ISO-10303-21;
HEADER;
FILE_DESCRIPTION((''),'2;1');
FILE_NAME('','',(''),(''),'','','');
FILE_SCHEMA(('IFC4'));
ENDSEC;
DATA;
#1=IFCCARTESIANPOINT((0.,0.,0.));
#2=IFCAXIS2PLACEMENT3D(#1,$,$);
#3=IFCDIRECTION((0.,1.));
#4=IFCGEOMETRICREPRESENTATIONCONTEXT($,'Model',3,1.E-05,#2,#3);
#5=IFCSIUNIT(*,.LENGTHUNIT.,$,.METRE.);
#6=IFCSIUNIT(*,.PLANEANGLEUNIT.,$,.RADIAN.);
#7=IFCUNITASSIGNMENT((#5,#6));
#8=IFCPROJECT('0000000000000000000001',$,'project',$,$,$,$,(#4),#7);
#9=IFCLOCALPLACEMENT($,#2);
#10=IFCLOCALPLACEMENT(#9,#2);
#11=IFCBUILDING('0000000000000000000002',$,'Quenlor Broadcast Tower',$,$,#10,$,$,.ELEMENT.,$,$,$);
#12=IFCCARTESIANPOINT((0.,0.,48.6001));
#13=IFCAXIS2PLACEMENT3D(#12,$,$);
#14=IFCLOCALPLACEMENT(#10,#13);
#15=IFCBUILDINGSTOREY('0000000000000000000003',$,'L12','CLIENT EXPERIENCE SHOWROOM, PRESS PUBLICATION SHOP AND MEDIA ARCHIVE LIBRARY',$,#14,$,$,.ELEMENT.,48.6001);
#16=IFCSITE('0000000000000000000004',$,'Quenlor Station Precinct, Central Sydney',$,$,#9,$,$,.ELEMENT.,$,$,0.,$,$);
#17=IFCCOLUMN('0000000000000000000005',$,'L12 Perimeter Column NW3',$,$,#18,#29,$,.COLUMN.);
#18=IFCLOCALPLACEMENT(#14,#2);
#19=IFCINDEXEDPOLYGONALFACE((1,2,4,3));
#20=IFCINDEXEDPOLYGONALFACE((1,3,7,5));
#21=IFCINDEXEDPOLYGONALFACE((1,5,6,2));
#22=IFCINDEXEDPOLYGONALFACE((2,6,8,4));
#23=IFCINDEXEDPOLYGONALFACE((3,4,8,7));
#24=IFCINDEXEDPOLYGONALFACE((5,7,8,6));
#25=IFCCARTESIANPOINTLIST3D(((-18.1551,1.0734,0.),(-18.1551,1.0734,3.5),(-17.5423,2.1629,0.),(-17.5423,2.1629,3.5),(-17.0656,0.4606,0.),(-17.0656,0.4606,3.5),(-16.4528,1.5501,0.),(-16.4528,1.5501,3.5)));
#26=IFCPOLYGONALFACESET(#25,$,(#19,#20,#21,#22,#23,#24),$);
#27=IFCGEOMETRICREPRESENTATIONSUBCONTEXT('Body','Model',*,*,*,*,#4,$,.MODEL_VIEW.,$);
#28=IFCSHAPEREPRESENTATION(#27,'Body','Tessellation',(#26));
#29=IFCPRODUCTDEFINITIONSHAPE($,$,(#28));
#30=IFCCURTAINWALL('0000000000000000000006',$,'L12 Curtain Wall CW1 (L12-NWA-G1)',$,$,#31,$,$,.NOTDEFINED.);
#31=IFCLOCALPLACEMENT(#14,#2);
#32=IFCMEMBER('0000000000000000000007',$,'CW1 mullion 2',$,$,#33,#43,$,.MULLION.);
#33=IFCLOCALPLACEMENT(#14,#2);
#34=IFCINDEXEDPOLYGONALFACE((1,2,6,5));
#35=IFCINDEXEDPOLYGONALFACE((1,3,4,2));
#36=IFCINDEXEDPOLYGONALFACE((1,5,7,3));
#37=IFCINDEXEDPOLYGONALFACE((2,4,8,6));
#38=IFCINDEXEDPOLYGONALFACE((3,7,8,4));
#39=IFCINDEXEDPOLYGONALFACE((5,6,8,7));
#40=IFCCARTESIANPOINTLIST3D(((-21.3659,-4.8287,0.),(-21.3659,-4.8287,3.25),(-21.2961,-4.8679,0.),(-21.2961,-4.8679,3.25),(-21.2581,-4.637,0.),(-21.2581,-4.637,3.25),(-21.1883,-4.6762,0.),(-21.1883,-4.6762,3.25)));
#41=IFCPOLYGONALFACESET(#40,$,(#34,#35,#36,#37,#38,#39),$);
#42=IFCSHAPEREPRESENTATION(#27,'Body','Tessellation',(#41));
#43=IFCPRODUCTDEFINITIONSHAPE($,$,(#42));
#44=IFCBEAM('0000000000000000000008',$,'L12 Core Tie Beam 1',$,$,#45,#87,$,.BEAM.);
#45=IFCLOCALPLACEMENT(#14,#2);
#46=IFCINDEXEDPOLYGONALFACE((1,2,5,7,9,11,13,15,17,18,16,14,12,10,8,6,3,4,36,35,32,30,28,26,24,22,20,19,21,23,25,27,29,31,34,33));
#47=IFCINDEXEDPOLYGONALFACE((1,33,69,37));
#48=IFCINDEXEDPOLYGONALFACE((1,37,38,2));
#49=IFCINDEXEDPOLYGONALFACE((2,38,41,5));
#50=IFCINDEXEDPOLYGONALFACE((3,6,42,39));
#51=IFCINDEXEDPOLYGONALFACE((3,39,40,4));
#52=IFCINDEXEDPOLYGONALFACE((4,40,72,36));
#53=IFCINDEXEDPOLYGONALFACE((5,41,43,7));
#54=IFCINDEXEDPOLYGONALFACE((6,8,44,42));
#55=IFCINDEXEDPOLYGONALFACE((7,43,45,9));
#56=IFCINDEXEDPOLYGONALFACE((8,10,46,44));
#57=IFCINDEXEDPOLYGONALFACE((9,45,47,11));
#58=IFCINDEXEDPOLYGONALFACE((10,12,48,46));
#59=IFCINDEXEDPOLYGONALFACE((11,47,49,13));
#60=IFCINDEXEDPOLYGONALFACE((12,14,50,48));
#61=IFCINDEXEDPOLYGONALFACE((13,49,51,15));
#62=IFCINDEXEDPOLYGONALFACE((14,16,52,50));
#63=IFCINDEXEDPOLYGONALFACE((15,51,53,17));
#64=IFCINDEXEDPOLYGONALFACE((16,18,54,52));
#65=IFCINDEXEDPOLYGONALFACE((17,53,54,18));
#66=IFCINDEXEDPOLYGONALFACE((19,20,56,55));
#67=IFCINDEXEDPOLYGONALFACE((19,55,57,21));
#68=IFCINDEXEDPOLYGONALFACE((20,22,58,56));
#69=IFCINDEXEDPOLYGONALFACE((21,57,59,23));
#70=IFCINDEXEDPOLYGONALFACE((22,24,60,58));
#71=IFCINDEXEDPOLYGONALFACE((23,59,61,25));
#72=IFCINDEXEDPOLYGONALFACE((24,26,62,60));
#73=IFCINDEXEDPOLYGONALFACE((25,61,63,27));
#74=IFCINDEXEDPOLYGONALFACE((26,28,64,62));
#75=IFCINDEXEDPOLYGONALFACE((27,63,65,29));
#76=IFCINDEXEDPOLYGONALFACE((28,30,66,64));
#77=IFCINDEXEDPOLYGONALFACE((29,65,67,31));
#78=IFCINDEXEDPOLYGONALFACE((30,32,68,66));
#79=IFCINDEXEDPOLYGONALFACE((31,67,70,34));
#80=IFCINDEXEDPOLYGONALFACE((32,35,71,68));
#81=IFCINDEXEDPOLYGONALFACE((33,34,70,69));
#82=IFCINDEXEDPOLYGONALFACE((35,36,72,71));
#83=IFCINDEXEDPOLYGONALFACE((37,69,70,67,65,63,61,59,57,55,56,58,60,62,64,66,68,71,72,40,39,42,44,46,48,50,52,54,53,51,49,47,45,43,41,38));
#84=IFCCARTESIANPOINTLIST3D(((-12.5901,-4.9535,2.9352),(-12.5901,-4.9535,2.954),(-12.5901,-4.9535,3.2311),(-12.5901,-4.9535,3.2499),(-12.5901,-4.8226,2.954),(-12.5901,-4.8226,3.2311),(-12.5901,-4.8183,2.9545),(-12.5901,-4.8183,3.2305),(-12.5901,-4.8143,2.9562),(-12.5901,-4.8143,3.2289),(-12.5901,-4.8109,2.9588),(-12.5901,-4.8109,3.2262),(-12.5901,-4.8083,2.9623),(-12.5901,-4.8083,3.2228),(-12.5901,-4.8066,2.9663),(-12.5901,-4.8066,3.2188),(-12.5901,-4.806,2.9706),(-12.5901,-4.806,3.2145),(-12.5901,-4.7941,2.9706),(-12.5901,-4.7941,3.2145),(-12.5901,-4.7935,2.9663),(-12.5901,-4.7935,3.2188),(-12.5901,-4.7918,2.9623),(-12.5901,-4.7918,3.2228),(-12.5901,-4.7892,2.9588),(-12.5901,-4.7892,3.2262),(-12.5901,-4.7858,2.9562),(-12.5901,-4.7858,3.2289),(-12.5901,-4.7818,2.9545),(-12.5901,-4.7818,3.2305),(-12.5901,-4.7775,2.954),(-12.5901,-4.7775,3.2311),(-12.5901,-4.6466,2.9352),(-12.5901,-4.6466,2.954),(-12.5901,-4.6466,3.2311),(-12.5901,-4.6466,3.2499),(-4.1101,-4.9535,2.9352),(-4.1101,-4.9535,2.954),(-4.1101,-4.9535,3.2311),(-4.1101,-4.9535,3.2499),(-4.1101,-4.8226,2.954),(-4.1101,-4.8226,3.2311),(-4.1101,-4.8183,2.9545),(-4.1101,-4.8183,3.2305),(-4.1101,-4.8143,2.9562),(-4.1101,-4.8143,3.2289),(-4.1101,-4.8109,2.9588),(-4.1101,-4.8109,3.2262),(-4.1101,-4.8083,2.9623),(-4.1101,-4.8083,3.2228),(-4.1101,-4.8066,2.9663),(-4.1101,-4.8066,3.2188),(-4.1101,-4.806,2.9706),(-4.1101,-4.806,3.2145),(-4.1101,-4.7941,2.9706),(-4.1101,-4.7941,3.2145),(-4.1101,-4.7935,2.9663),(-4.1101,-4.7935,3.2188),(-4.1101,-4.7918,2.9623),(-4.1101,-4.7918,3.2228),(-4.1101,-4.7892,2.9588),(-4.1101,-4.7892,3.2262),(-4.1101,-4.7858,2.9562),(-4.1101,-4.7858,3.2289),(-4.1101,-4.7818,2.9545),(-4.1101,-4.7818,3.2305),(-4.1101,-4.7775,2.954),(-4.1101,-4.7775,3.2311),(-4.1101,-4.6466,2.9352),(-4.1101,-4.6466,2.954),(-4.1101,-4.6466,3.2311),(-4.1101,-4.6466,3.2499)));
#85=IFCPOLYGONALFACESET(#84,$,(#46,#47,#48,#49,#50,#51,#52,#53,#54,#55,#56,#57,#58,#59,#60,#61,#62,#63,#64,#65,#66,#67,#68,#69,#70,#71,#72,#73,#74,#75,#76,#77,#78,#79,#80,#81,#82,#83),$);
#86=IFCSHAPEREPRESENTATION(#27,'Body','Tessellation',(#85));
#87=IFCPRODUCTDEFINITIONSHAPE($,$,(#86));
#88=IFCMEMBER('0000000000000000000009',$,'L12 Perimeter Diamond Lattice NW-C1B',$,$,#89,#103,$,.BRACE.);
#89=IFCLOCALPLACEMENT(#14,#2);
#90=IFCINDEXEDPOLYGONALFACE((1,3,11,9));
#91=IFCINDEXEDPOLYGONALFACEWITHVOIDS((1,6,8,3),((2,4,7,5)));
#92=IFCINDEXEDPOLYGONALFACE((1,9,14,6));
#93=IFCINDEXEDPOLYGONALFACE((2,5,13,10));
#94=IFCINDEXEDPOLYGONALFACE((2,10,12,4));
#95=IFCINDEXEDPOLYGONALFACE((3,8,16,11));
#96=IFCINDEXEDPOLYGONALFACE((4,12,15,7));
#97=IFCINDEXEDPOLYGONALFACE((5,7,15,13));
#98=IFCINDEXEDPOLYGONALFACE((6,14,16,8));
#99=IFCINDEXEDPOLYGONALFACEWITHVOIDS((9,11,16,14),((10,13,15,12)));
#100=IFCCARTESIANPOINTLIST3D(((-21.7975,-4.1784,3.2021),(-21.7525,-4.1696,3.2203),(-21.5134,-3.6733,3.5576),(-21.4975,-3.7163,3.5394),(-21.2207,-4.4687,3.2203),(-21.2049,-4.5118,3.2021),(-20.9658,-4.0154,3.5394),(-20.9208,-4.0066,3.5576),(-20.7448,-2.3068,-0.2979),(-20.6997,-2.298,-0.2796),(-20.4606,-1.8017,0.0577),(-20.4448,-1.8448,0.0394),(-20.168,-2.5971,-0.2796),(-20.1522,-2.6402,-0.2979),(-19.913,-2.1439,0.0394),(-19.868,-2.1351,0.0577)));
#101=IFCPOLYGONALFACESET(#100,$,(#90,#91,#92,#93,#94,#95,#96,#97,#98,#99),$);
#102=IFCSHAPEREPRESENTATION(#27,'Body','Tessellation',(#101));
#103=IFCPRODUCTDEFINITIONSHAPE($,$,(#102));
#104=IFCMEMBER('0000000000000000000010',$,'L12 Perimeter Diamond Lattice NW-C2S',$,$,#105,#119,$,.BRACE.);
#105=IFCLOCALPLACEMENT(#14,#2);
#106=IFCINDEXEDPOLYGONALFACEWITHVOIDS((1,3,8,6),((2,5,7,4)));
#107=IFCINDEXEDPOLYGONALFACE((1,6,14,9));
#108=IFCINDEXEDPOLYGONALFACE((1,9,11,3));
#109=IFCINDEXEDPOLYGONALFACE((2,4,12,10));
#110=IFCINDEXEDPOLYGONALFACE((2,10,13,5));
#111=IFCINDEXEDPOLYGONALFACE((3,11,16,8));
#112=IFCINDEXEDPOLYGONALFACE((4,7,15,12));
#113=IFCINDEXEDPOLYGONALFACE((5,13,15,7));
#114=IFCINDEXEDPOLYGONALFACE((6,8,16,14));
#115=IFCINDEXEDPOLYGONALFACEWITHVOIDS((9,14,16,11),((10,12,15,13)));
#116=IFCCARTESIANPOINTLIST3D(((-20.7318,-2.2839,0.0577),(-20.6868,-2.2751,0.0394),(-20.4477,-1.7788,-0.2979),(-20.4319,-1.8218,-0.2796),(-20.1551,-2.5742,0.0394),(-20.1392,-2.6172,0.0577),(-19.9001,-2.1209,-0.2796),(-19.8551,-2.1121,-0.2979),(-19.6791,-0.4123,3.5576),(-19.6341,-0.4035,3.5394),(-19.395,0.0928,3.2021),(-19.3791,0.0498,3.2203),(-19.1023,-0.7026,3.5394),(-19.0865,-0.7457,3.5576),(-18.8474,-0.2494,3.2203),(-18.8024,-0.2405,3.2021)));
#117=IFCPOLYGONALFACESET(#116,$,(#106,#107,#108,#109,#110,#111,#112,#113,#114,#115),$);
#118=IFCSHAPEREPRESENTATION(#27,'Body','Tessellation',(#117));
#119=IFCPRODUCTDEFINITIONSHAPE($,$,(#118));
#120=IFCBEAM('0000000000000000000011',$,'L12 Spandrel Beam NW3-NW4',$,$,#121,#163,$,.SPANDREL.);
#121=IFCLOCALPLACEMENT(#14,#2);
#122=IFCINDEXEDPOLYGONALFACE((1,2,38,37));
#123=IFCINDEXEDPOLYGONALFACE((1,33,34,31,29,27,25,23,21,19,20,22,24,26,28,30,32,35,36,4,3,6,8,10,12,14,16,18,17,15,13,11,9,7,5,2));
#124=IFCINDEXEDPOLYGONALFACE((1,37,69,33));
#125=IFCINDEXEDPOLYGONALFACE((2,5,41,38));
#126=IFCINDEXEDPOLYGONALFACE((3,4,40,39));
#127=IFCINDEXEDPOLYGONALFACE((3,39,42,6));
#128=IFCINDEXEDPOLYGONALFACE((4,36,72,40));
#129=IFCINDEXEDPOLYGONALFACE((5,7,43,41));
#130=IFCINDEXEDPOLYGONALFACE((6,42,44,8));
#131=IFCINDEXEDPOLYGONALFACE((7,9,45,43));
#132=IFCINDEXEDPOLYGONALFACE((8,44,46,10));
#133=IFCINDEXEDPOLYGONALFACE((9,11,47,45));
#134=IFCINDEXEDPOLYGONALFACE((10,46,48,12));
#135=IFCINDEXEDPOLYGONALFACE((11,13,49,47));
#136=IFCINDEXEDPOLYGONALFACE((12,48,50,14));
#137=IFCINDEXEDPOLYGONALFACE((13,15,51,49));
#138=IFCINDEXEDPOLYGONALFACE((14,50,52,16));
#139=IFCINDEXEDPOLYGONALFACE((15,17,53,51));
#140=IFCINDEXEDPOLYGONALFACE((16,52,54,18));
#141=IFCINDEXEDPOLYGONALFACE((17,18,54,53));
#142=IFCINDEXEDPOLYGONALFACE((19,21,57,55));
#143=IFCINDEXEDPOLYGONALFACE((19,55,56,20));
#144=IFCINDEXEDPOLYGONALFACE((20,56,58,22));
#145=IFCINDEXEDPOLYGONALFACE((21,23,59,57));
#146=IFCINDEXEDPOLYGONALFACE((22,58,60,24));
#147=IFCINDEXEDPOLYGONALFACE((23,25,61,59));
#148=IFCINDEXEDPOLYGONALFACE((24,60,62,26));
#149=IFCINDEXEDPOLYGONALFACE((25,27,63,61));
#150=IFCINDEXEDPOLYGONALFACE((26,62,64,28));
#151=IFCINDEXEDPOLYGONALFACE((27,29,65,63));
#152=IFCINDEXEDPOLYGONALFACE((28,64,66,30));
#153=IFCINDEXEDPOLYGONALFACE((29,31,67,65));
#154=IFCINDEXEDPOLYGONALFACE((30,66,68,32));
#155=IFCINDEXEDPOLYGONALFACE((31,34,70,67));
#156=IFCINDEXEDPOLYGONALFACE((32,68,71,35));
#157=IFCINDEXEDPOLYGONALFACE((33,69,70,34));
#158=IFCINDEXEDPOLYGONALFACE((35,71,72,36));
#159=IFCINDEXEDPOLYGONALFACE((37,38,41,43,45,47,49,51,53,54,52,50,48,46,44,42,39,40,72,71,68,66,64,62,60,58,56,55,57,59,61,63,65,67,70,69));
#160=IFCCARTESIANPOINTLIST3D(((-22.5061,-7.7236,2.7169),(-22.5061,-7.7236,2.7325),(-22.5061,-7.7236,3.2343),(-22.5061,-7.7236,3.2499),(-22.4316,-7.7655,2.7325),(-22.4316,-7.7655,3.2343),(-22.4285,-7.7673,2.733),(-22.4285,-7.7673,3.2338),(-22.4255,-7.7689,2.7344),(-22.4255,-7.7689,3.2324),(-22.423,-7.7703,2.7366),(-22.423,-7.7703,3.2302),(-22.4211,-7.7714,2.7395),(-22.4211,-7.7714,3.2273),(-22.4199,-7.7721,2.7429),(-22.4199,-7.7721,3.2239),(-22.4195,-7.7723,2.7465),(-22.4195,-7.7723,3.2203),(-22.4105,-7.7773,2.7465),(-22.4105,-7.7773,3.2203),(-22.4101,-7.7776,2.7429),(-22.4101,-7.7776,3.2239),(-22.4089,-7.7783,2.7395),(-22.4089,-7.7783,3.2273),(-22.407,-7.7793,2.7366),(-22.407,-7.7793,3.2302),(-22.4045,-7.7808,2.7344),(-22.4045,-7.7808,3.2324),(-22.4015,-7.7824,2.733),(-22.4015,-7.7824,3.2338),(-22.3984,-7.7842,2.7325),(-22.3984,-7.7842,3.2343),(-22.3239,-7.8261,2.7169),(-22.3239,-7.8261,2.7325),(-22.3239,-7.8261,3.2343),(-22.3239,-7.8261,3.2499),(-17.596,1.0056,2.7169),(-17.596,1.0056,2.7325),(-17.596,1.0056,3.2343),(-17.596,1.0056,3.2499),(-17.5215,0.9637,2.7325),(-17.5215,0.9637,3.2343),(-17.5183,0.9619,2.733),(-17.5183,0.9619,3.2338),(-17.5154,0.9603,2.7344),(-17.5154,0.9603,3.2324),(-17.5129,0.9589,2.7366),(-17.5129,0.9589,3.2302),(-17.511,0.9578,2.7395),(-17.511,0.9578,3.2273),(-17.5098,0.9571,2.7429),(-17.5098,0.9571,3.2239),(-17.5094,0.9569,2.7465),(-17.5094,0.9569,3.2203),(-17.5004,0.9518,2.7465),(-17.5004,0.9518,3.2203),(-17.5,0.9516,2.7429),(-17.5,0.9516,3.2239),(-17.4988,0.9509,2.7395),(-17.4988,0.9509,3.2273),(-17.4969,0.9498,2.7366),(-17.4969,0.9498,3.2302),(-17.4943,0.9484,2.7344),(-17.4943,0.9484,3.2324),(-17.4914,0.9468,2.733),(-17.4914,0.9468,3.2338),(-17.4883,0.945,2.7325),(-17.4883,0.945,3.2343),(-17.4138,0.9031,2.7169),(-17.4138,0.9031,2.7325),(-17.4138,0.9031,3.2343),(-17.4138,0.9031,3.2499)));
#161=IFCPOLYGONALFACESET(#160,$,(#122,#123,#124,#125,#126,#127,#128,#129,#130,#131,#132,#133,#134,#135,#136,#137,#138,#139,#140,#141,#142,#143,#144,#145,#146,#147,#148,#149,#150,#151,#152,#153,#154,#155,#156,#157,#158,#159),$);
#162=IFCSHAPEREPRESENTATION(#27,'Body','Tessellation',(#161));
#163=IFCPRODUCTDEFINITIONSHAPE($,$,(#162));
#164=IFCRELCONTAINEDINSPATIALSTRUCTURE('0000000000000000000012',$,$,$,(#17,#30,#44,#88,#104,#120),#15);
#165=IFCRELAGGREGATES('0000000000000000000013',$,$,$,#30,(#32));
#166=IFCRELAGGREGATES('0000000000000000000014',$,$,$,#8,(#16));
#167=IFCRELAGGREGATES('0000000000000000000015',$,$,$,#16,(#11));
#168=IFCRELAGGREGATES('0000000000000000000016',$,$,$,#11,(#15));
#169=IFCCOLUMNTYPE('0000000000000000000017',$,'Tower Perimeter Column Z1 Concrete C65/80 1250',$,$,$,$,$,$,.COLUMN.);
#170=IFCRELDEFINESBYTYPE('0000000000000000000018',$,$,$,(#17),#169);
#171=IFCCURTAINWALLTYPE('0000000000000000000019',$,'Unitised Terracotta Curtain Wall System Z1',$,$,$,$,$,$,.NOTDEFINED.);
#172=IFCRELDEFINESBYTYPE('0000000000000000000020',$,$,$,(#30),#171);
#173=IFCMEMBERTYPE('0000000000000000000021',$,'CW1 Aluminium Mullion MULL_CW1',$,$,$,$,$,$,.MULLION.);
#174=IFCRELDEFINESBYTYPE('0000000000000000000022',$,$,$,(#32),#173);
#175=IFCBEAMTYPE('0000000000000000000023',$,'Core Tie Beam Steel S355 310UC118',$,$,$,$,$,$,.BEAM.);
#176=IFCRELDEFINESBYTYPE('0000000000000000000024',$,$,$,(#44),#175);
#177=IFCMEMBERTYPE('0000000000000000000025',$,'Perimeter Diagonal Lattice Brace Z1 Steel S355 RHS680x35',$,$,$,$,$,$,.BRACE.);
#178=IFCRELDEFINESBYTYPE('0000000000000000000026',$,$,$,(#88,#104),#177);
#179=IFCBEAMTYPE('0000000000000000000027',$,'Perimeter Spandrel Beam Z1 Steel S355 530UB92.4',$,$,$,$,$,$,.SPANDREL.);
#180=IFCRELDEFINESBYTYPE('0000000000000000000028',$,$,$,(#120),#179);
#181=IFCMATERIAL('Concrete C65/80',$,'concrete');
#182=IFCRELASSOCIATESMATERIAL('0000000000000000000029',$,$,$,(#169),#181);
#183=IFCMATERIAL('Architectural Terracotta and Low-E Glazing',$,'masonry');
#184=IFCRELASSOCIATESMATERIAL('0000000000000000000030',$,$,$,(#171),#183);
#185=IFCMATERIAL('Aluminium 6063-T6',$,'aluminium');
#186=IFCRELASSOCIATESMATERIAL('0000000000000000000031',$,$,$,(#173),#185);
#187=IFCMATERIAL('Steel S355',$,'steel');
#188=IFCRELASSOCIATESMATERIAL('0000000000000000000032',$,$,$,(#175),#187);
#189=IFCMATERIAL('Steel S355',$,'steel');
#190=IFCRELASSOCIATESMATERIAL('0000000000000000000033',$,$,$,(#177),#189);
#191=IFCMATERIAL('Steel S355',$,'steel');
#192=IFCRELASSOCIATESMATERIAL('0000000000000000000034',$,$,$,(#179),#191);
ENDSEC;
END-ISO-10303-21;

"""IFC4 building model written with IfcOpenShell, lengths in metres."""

from ifc_helpers import new_model, si_unit, direction, frame, origin, origin_2d, place, context, subcontext, project, spatial, rectangle, hollow_rectangle, i_section, extrude, material, material_profile, profile_set, type_object, element, aggregate, save


model = new_model("IFC4")

# Units and contexts
model_context = context("Model", 3, precision=1e-05, world=origin(), true_north=direction((0.0, 1.0)))
body_context = subcontext(model_context, "Body", "Model", "MODEL_VIEW")
ifc_project = project(units=[si_unit("LENGTHUNIT", "METRE"), si_unit("PLANEANGLEUNIT", "RADIAN")], contexts=[model_context])

# Site, building, storey
site_placement = place(None, origin())
site = spatial("IfcSite", under=ifc_project, at=site_placement, Name="Quenlor Station Precinct, Central Sydney", CompositionType="ELEMENT", RefElevation=0.0)
building_placement = place(site_placement, origin())
building = spatial("IfcBuilding", under=site, at=building_placement, Name="Quenlor Broadcast Tower", CompositionType="ELEMENT")
storey_placement = place(building_placement, frame((0.0, 0.0, 48.6001)))
storey = spatial("IfcBuildingStorey", under=building, at=storey_placement, Name="L12", Description="CLIENT EXPERIENCE SHOWROOM, PRESS PUBLICATION SHOP AND MEDIA ARCHIVE LIBRARY", CompositionType="ELEMENT", Elevation=48.6001)

# Column
ifc_material_1 = material(Name="Concrete C65/80", Category="concrete")
ifc_material_profile_1 = material_profile(ifc_material_1, rectangle(XDim=1.25, YDim=1.25, at=origin_2d()))
ifc_profile_set_1 = profile_set([ifc_material_profile_1], Name="Concrete C65/80 RC1250x1250")
column_type = type_object("IfcColumnType", Name="Tower Perimeter Column Z1 Concrete C65/80 1250", PredefinedType="COLUMN", material=ifc_profile_set_1)
column_placement = place(storey_placement, frame((-17.304, 1.3118, 0.0), z_axis=(0.0, 0.0, 1.0), x_axis=(-0.871575, 0.490262, 0.0)))
element("IfcColumn", 1, at=column_placement, inside=storey, type_object=column_type, Name="L12 Perimeter Column NW3", PredefinedType="COLUMN", context=body_context, shape_type="SweptSolid", body=[
    extrude(rectangle(XDim=1.25, YDim=1.25, at=origin_2d()), origin(), (0.0, 0.0, 1.0), 3.5),
])

# Curtain wall, member
ifc_material_2 = material(Name="Architectural Terracotta and Low-E Glazing", Category="masonry")
curtain_wall_type = type_object("IfcCurtainWallType", Name="Unitised Terracotta Curtain Wall System Z1", PredefinedType="NOTDEFINED", material=ifc_material_2)
curtain_wall_placement = place(storey_placement, origin())
curtain_wall = element("IfcCurtainWall", 2, at=curtain_wall_placement, inside=storey, type_object=curtain_wall_type, Name="L12 Curtain Wall CW1 (L12-NWA-G1)", PredefinedType="NOTDEFINED")
ifc_material_3 = material(Name="Aluminium 6063-T6", Category="aluminium")
ifc_material_profile_2 = material_profile(ifc_material_3, rectangle(XDim=0.0801, YDim=0.22, at=origin_2d()))
ifc_profile_set_2 = profile_set([ifc_material_profile_2], Name="Aluminium 6063-T6 MULL80x220")
member_type_1 = type_object("IfcMemberType", Name="CW1 Aluminium Mullion MULL_CW1", PredefinedType="MULLION", material=ifc_profile_set_2)
member_placement = place(storey_placement, frame((-21.2771, -4.7524, 0.0), z_axis=(0.0, 0.0, 1.0), x_axis=(-0.871567, 0.490277, 0.0)))
member = element("IfcMember", 3, at=member_placement, type_object=member_type_1, Name="CW1 mullion 2", PredefinedType="MULLION", context=body_context, shape_type="SweptSolid", body=[
    extrude(rectangle(XDim=0.0801, YDim=0.22, at=origin_2d()), origin(), (0.0, 0.0, 1.0), 3.25),
])
aggregate(curtain_wall, [member])

# Beam
ifc_material_4 = material(Name="Steel S355", Category="steel")
ifc_material_profile_3 = material_profile(ifc_material_4, i_section(OverallWidth=0.3069, OverallDepth=0.3147, WebThickness=0.012, FlangeThickness=0.0188, FilletRadius=0.0166, at=origin_2d()))
ifc_profile_set_3 = profile_set([ifc_material_profile_3], Name="Steel S355 310UC118")
beam_type_1 = type_object("IfcBeamType", Name="Core Tie Beam Steel S355 310UC118", PredefinedType="BEAM", material=ifc_profile_set_3)
beam_1_placement = place(storey_placement, frame((-12.5901, -4.8, 3.0925), z_axis=(1.0, 0.0, 0.0), x_axis=(0.0, 1.0, 0.0)))
element("IfcBeam", 4, at=beam_1_placement, inside=storey, type_object=beam_type_1, Name="L12 Core Tie Beam 1", PredefinedType="BEAM", context=body_context, shape_type="SweptSolid", body=[
    extrude(i_section(OverallWidth=0.3069, OverallDepth=0.3147, WebThickness=0.012, FlangeThickness=0.0188, FilletRadius=0.0166, at=origin_2d()), origin(), (0.0, 0.0, 1.0), 8.48),
])

# Members
ifc_material_5 = material(Name="Steel S355", Category="steel")
ifc_material_profile_4 = material_profile(ifc_material_5, hollow_rectangle(XDim=0.6799, YDim=0.6799, WallThickness=0.0349, at=origin_2d()))
ifc_profile_set_4 = profile_set([ifc_material_profile_4], Name="Steel S355 RHS680x680x35")
member_type_2 = type_object("IfcMemberType", Name="Perimeter Diagonal Lattice Brace Z1 Steel S355 RHS680x35", PredefinedType="BRACE", material=ifc_profile_set_4)
for number, where, z_axis, x_axis, name in (
    (5, (-20.3064, -2.2209, -0.1201), (-0.256375, -0.455792, 0.852365), (0.871582, -0.49025, 0.0), "L12 Perimeter Diamond Lattice NW-C1B"),
    (6, (-20.2935, -2.198, -0.1201), (0.256375, 0.455792, 0.852365), (-0.871582, 0.49025, 0.0), "L12 Perimeter Diamond Lattice NW-C2S"),
):
    element("IfcMember", number, at=place(storey_placement, frame(where, z_axis=z_axis, x_axis=x_axis)), inside=storey, type_object=member_type_2, Name=name, PredefinedType="BRACE", context=body_context, shape_type="SweptSolid", body=[
        extrude(hollow_rectangle(XDim=0.6799, YDim=0.6799, WallThickness=0.0349, at=origin_2d()), origin(), (0.0, 0.0, 1.0), 4.1062),
    ])

# Beam
ifc_material_6 = material(Name="Steel S355", Category="steel")
ifc_material_profile_5 = material_profile(ifc_material_6, i_section(OverallWidth=0.209, OverallDepth=0.533, WebThickness=0.0103, FlangeThickness=0.0156, FilletRadius=0.0139, at=origin_2d()))
ifc_profile_set_5 = profile_set([ifc_material_profile_5], Name="Steel S355 530UB92.4")
beam_type_2 = type_object("IfcBeamType", Name="Perimeter Spandrel Beam Z1 Steel S355 530UB92.4", PredefinedType="SPANDREL", material=ifc_profile_set_5)
beam_2_placement = place(storey_placement, frame((-17.5049, 0.9543, 2.9834), z_axis=(-0.490258, -0.871577, 0.0), x_axis=(0.871577, -0.490258, 0.0)))
element("IfcBeam", 7, at=beam_2_placement, inside=storey, type_object=beam_type_2, Name="L12 Spandrel Beam NW3-NW4", PredefinedType="SPANDREL", context=body_context, shape_type="SweptSolid", body=[
    extrude(i_section(OverallWidth=0.209, OverallDepth=0.533, WebThickness=0.0103, FlangeThickness=0.0156, FilletRadius=0.0139, at=origin_2d()), origin(), (0.0, 0.0, 1.0), 10.0154),
])

save(model, "model.ifc")
